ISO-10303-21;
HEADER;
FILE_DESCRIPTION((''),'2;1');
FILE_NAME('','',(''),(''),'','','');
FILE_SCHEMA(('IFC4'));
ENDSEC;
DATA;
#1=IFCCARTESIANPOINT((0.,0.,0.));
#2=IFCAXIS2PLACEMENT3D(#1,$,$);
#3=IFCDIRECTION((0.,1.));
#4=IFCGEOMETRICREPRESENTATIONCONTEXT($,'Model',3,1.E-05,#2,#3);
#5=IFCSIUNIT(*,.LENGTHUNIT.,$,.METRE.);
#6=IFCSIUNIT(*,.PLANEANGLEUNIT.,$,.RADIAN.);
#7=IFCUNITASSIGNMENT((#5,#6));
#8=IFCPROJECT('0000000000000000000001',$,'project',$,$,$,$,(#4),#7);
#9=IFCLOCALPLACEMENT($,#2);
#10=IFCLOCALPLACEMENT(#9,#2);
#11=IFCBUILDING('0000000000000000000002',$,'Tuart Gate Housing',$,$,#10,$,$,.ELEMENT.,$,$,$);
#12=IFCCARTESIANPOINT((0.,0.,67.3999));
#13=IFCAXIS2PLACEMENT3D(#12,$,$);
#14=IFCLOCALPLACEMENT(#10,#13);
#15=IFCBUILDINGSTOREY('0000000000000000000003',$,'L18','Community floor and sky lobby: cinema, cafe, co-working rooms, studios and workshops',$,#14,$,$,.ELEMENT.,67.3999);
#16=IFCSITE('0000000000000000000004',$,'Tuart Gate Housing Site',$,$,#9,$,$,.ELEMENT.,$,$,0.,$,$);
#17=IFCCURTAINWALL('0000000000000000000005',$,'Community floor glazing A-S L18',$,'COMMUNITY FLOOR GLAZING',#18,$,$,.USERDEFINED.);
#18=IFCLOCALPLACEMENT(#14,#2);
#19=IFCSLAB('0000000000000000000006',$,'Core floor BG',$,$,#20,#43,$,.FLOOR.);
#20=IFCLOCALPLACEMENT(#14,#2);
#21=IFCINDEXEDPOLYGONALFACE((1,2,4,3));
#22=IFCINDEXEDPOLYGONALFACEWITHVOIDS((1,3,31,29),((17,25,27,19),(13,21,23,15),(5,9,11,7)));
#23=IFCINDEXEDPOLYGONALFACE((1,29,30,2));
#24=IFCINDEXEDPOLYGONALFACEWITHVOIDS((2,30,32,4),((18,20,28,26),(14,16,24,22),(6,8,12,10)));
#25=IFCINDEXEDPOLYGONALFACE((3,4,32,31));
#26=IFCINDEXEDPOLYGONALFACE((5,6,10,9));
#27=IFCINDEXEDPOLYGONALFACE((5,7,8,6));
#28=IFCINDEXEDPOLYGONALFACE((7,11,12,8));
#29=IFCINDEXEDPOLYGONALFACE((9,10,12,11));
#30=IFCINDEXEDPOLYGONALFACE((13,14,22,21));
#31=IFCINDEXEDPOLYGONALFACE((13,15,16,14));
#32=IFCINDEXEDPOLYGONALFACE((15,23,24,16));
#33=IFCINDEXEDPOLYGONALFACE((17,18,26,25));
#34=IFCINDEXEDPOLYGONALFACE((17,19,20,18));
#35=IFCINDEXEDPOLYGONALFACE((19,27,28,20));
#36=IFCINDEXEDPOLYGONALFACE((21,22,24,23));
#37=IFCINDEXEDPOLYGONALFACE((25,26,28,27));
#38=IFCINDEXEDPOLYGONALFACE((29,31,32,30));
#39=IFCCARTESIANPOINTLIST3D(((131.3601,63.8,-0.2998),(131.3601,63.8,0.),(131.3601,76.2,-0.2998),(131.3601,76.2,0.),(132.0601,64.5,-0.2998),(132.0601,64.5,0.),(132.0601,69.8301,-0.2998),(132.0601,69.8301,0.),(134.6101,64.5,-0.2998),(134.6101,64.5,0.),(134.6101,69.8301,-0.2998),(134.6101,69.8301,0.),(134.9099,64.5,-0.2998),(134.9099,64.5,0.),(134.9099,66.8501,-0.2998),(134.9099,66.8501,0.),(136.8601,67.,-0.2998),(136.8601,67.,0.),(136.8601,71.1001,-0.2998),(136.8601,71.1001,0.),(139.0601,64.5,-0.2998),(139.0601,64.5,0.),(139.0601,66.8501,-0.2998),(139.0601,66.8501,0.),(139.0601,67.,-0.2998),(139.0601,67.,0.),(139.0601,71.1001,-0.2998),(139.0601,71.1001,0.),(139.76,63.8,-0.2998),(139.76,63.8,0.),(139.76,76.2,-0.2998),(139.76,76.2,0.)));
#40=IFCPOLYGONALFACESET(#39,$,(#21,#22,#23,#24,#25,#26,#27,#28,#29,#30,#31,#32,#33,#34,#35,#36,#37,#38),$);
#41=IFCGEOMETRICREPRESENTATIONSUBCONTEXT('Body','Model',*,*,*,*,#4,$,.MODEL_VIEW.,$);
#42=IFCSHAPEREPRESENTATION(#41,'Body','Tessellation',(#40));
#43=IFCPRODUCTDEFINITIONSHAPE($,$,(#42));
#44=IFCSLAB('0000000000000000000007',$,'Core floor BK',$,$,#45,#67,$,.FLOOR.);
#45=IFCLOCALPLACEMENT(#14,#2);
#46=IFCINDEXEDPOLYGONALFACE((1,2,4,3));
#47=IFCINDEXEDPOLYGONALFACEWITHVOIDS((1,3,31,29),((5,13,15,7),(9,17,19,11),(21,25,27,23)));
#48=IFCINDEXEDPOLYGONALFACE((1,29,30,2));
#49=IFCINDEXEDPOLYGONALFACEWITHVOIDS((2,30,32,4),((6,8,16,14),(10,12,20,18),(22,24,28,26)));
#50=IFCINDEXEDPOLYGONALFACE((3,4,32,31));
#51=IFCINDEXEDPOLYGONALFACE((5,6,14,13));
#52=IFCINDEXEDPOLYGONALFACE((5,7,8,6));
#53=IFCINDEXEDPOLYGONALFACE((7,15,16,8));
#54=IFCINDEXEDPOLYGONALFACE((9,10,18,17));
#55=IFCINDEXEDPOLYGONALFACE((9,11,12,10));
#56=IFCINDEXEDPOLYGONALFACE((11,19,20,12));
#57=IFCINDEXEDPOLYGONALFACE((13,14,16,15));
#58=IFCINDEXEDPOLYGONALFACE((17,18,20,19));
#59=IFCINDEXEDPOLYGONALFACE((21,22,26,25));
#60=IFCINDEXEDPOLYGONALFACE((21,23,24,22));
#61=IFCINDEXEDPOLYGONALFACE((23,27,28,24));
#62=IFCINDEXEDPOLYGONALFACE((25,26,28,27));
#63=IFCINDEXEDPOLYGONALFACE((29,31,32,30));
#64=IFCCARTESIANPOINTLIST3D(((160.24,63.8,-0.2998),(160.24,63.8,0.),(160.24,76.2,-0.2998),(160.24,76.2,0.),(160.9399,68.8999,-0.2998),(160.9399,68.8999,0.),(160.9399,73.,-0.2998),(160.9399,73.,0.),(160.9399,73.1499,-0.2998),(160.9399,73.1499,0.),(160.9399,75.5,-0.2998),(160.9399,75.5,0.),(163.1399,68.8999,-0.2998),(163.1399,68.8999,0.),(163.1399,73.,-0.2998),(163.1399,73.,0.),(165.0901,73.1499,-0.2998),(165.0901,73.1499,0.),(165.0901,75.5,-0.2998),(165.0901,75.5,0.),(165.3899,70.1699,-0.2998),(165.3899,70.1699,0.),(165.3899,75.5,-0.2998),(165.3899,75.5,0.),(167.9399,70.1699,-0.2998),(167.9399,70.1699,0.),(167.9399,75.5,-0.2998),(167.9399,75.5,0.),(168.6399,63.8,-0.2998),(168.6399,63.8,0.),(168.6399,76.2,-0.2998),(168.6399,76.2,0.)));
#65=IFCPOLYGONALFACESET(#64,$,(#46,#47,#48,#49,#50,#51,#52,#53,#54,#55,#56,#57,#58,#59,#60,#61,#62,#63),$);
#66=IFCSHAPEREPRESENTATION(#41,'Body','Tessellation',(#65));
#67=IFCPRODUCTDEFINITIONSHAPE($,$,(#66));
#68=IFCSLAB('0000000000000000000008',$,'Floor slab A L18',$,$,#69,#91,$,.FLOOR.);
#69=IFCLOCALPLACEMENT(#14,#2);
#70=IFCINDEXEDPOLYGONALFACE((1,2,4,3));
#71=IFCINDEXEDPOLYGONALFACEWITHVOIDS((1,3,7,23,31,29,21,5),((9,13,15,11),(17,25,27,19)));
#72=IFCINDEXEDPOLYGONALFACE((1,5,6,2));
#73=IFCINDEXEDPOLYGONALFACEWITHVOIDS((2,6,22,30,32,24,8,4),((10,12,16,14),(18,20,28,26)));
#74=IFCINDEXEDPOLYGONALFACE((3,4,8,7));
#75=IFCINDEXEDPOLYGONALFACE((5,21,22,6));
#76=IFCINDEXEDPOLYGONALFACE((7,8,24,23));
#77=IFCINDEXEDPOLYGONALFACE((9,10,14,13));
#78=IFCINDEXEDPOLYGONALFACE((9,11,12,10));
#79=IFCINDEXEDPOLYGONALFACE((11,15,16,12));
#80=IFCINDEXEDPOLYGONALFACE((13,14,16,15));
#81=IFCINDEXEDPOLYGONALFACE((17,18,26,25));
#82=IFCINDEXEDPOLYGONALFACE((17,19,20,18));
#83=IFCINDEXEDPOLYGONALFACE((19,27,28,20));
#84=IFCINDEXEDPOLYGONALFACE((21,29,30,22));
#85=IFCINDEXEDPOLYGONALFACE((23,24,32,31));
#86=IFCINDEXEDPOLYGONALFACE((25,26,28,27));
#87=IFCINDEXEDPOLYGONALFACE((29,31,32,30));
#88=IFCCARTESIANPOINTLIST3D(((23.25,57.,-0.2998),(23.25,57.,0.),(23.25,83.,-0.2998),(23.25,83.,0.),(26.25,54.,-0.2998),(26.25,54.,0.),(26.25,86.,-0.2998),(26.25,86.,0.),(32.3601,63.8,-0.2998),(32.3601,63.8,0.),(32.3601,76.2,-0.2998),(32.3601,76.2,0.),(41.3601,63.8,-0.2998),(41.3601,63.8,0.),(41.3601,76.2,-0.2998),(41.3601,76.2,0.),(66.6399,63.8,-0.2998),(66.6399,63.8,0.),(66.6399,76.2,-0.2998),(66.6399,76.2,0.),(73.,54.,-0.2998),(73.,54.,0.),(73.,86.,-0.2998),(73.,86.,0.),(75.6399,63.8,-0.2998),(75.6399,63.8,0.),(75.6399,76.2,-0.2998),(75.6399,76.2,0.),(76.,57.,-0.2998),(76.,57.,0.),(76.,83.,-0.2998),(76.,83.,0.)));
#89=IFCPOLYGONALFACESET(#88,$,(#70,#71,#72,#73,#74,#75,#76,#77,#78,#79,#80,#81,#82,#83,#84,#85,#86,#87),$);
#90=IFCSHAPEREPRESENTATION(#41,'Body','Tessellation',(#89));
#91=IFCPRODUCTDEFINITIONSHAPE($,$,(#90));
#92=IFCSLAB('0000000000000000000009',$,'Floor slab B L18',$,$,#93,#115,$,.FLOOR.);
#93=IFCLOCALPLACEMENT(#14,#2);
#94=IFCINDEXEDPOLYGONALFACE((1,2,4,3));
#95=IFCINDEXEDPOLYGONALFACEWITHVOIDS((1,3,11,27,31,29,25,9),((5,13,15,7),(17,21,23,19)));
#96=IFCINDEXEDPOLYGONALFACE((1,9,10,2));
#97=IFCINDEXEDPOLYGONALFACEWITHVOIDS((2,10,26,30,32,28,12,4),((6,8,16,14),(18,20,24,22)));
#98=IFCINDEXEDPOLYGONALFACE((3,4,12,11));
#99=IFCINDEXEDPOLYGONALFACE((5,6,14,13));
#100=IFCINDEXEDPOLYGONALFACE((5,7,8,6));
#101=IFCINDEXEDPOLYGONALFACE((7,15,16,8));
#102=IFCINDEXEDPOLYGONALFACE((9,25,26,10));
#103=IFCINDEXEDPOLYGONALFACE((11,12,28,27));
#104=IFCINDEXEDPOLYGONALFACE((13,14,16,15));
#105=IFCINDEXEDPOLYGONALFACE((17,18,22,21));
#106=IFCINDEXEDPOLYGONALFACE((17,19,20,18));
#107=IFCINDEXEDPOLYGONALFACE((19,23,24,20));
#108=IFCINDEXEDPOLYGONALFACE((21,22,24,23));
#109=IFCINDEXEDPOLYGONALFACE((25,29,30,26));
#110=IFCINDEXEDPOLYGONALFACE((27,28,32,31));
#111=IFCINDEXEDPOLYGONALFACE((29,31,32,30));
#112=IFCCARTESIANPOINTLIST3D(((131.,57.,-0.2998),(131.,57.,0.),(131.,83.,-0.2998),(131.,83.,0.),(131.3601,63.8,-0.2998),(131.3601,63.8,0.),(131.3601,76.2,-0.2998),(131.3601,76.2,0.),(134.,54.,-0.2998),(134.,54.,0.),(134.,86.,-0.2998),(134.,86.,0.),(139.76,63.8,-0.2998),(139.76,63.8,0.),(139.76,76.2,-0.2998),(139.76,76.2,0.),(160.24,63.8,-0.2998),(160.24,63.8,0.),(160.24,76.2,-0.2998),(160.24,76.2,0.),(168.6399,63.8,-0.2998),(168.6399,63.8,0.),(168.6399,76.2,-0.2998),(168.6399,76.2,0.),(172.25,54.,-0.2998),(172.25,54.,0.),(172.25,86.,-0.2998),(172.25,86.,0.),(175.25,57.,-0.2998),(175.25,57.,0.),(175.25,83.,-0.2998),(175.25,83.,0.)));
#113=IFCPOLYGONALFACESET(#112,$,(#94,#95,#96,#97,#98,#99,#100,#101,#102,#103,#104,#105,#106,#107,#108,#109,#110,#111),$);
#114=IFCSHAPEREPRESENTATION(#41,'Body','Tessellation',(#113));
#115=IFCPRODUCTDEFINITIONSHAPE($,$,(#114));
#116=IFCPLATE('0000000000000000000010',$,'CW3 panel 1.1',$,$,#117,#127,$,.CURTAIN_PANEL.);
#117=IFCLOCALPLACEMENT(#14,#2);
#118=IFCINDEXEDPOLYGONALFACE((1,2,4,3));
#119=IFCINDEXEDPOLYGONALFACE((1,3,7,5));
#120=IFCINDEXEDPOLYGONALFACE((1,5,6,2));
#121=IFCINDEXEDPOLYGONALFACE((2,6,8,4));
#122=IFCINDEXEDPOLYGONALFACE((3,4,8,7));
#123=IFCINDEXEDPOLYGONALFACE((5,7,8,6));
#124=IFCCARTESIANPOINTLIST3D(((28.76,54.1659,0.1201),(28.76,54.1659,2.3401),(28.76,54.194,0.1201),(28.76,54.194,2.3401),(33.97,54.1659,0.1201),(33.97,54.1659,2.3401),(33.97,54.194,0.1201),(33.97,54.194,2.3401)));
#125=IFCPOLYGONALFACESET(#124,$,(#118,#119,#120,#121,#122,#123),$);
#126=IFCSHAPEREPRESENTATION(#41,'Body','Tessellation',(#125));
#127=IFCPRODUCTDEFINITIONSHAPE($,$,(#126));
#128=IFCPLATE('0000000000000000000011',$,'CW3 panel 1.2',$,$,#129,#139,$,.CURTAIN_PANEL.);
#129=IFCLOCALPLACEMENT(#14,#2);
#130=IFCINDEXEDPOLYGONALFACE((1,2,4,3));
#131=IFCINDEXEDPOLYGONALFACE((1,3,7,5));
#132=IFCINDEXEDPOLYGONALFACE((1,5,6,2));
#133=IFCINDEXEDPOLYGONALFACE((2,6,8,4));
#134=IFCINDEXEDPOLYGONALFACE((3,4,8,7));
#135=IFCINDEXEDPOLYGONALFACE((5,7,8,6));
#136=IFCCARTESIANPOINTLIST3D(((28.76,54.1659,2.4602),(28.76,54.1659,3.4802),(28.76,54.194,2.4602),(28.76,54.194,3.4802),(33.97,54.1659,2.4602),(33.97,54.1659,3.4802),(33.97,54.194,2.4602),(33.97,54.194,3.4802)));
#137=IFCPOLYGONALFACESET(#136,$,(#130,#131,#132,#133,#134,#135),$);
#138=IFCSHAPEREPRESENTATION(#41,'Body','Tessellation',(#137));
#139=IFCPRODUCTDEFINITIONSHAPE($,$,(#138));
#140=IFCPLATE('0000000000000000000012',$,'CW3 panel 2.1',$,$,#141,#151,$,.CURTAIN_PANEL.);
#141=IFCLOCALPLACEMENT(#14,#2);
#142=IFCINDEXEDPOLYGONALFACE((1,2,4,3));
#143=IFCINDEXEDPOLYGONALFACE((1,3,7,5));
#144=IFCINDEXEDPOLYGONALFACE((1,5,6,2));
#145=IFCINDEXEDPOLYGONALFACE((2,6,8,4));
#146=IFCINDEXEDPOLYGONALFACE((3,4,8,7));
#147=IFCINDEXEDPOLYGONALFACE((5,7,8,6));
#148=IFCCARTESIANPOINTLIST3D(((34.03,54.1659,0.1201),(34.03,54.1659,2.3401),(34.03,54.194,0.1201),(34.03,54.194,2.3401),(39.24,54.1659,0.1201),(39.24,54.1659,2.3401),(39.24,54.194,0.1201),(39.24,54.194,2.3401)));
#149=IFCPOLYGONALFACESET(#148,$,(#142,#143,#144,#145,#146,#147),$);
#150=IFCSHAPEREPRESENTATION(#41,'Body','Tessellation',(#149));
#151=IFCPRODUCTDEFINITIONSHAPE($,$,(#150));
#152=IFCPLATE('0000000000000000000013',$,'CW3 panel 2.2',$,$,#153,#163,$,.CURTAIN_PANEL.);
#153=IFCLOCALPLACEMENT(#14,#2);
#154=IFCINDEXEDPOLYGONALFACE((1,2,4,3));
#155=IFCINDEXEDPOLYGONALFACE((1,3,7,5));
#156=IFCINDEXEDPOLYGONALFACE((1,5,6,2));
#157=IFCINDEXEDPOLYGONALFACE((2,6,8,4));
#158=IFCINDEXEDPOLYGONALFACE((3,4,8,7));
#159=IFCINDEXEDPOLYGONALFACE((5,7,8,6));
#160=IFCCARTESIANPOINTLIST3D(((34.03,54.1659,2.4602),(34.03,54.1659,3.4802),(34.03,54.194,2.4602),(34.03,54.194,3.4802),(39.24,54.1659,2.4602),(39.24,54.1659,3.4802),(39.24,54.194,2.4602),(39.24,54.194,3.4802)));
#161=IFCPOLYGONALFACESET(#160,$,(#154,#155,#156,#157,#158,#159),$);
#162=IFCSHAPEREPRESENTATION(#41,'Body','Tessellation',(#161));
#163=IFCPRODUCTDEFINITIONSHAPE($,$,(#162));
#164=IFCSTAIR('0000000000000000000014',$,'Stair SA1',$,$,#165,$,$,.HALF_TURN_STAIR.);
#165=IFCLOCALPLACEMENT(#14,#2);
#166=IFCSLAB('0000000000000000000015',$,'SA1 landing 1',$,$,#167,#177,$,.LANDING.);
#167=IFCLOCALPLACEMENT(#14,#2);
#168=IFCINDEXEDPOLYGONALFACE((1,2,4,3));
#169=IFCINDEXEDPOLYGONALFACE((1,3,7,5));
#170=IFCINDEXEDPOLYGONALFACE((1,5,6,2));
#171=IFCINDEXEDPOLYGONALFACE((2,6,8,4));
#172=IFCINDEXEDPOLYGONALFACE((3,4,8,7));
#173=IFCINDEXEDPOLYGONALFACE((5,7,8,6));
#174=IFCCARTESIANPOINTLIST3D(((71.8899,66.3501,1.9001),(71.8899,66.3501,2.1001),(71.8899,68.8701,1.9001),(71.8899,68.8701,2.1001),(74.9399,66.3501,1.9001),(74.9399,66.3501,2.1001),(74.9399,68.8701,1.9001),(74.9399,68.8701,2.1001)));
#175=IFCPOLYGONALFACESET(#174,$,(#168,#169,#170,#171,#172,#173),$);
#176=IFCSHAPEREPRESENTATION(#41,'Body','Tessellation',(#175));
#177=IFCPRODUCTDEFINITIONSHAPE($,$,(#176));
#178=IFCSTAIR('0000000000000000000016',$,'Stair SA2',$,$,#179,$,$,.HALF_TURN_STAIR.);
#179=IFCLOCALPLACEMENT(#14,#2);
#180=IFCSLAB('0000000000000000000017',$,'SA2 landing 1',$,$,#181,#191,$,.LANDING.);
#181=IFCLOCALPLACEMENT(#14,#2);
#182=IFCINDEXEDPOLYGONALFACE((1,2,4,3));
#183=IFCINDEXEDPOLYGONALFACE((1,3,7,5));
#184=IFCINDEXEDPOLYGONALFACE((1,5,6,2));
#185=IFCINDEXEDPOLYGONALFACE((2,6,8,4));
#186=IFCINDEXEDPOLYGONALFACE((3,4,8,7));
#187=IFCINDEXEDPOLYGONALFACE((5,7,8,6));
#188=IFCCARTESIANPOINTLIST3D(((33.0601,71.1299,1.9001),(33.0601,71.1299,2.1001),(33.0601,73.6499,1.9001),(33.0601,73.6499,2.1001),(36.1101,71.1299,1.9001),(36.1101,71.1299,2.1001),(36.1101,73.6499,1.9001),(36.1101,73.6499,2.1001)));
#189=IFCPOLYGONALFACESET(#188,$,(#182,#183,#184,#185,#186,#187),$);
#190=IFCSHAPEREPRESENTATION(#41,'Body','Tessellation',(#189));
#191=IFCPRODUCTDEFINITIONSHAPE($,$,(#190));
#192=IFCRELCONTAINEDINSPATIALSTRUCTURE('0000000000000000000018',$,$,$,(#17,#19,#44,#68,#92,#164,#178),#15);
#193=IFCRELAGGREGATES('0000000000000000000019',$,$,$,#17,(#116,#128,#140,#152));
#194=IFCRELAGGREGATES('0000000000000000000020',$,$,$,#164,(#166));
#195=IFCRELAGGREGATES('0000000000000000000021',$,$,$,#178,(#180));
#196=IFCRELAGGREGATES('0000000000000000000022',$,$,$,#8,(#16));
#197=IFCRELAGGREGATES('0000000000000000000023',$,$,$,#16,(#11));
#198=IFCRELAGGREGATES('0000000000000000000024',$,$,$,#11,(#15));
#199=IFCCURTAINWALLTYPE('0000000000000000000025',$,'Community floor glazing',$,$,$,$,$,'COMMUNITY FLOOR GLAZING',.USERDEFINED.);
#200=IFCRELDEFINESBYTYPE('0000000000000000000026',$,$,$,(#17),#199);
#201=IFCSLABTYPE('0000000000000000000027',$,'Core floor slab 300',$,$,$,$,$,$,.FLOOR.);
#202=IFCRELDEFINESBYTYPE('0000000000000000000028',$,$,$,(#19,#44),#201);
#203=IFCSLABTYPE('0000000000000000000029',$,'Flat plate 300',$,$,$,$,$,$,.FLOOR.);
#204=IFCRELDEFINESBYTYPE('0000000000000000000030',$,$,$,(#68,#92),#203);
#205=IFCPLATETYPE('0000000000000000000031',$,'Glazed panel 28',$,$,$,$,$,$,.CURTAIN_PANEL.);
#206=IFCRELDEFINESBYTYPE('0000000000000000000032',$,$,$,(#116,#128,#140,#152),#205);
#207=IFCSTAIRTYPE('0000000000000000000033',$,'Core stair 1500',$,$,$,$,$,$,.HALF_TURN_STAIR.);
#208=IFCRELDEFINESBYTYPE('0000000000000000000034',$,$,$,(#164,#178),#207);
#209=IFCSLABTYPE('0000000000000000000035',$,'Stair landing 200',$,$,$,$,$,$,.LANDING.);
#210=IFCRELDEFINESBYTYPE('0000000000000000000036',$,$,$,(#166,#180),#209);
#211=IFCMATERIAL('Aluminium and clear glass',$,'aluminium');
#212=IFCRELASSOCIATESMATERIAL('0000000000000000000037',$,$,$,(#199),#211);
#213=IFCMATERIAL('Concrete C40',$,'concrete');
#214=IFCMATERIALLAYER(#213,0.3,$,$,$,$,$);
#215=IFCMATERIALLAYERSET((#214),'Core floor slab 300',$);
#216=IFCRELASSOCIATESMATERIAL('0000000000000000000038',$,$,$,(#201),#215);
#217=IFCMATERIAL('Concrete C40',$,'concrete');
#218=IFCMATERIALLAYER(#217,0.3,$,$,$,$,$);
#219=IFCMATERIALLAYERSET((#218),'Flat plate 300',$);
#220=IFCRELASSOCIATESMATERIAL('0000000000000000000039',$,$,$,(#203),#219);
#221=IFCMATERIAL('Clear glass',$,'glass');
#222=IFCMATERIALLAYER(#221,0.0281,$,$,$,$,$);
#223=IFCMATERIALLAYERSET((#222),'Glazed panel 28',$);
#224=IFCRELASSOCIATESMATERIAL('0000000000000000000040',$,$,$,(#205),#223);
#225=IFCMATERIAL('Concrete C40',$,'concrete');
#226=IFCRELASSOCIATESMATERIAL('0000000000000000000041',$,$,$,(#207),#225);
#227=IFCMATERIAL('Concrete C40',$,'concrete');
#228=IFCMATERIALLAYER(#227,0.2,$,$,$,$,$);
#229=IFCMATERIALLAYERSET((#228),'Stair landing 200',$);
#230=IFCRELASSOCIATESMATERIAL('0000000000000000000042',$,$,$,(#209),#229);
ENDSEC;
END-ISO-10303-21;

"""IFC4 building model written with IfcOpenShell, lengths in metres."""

from ifc_helpers import new_model, si_unit, direction, frame, origin, origin_2d, place, context, subcontext, project, spatial, polyline, rectangle, outline, extrude, material, layer, layer_set, type_object, element, aggregate, save


model = new_model("IFC4")

# Units and contexts
model_context = context("Model", 3, precision=1e-05, world=origin(), true_north=direction((0.0, 1.0)))
body_context = subcontext(model_context, "Body", "Model", "MODEL_VIEW")
ifc_project = project(units=[si_unit("LENGTHUNIT", "METRE"), si_unit("PLANEANGLEUNIT", "RADIAN")], contexts=[model_context])

# Site, building, storey
site_placement = place(None, origin())
site = spatial("IfcSite", under=ifc_project, at=site_placement, Name="Tuart Gate Housing Site", CompositionType="ELEMENT", RefElevation=0.0)
building_placement = place(site_placement, origin())
building = spatial("IfcBuilding", under=site, at=building_placement, Name="Tuart Gate Housing", CompositionType="ELEMENT")
storey_placement = place(building_placement, frame((0.0, 0.0, 67.3999)))
storey = spatial("IfcBuildingStorey", under=building, at=storey_placement, Name="L18", Description="Community floor and sky lobby: cinema, cafe, co-working rooms, studios and workshops", CompositionType="ELEMENT", Elevation=67.3999)

# Curtain wall
ifc_material_1 = material(Name="Aluminium and clear glass", Category="aluminium")
curtain_wall_type = type_object("IfcCurtainWallType", Name="Community floor glazing", ElementType="COMMUNITY FLOOR GLAZING", PredefinedType="USERDEFINED", material=ifc_material_1)
curtain_wall_placement = place(storey_placement, origin())
curtain_wall = element("IfcCurtainWall", 1, at=curtain_wall_placement, inside=storey, type_object=curtain_wall_type, Name="Community floor glazing A-S L18", ObjectType="COMMUNITY FLOOR GLAZING", PredefinedType="USERDEFINED")

# Slabs
ifc_material_2 = material(Name="Concrete C40", Category="concrete")
ifc_layer_1 = layer(ifc_material_2, 0.3)
ifc_layer_set_1 = layer_set([ifc_layer_1], Name="Core floor slab 300")
slab_type_1 = type_object("IfcSlabType", Name="Core floor slab 300", PredefinedType="FLOOR", material=ifc_layer_set_1)
slab_1_placement = place(storey_placement, frame((0.0, 0.0, -0.2998)))
element("IfcSlab", 2, at=slab_1_placement, inside=storey, type_object=slab_type_1, Name="Core floor BG", PredefinedType="FLOOR", context=body_context, shape_type="SweptSolid", body=[
    extrude(outline(polyline([(131.3601, 63.8), (139.76, 63.8), (139.76, 76.2), (131.3601, 76.2), (131.3601, 63.8)]), holes=[polyline([(139.0601, 66.8501), (134.9099, 66.8501), (134.9099, 64.5), (139.0601, 64.5), (139.0601, 66.8501)]), polyline([(139.0601, 71.1001), (136.8601, 71.1001), (136.8601, 67.0), (139.0601, 67.0), (139.0601, 71.1001)]), polyline([(134.6101, 69.8301), (132.0601, 69.8301), (132.0601, 64.5), (134.6101, 64.5), (134.6101, 69.8301)])]), origin(), (0.0, 0.0, 1.0), 0.2998),
])
slab_2_placement = place(storey_placement, frame((0.0, 0.0, -0.2998)))
element("IfcSlab", 3, at=slab_2_placement, inside=storey, type_object=slab_type_1, Name="Core floor BK", PredefinedType="FLOOR", context=body_context, shape_type="SweptSolid", body=[
    extrude(outline(polyline([(160.24, 63.8), (168.6399, 63.8), (168.6399, 76.2), (160.24, 76.2), (160.24, 63.8)]), holes=[polyline([(160.9399, 73.1499), (165.0901, 73.1499), (165.0901, 75.5), (160.9399, 75.5), (160.9399, 73.1499)]), polyline([(160.9399, 68.8999), (163.1399, 68.8999), (163.1399, 73.0), (160.9399, 73.0), (160.9399, 68.8999)]), polyline([(165.3899, 70.1699), (167.9399, 70.1699), (167.9399, 75.5), (165.3899, 75.5), (165.3899, 70.1699)])]), origin(), (0.0, 0.0, 1.0), 0.2998),
])
ifc_material_3 = material(Name="Concrete C40", Category="concrete")
ifc_layer_2 = layer(ifc_material_3, 0.3)
ifc_layer_set_2 = layer_set([ifc_layer_2], Name="Flat plate 300")
slab_type_2 = type_object("IfcSlabType", Name="Flat plate 300", PredefinedType="FLOOR", material=ifc_layer_set_2)
slab_3_placement = place(storey_placement, frame((0.0, 0.0, -0.2998)))
element("IfcSlab", 4, at=slab_3_placement, inside=storey, type_object=slab_type_2, Name="Floor slab A L18", PredefinedType="FLOOR", context=body_context, shape_type="SweptSolid", body=[
    extrude(outline(polyline([(26.25, 86.0), (23.25, 83.0), (23.25, 57.0), (26.25, 54.0), (73.0, 54.0), (76.0, 57.0), (76.0, 83.0), (73.0, 86.0), (26.25, 86.0)]), holes=[polyline([(66.6399, 76.2), (75.6399, 76.2), (75.6399, 63.8), (66.6399, 63.8), (66.6399, 76.2)]), polyline([(41.3601, 76.2), (41.3601, 63.8), (32.3601, 63.8), (32.3601, 76.2), (41.3601, 76.2)])]), origin(), (0.0, 0.0, 1.0), 0.2998),
])
slab_4_placement = place(storey_placement, frame((0.0, 0.0, -0.2998)))
element("IfcSlab", 5, at=slab_4_placement, inside=storey, type_object=slab_type_2, Name="Floor slab B L18", PredefinedType="FLOOR", context=body_context, shape_type="SweptSolid", body=[
    extrude(outline(polyline([(134.0, 86.0), (131.0, 83.0), (131.0, 57.0), (134.0, 54.0), (172.25, 54.0), (175.25, 57.0), (175.25, 83.0), (172.25, 86.0), (134.0, 86.0)]), holes=[polyline([(131.3601, 76.2), (139.76, 76.2), (139.76, 63.8), (131.3601, 63.8), (131.3601, 76.2)]), polyline([(168.6399, 76.2), (168.6399, 63.8), (160.24, 63.8), (160.24, 76.2), (168.6399, 76.2)])]), origin(), (0.0, 0.0, 1.0), 0.2998),
])

# Plates
ifc_material_4 = material(Name="Clear glass", Category="glass")
ifc_layer_3 = layer(ifc_material_4, 0.0281)
ifc_layer_set_3 = layer_set([ifc_layer_3], Name="Glazed panel 28")
plate_type = type_object("IfcPlateType", Name="Glazed panel 28", PredefinedType="CURTAIN_PANEL", material=ifc_layer_set_3)
plate_1_placement = place(storey_placement, frame((31.365, 54.1799, 0.1201), z_axis=(0.0, 0.0, 1.0), x_axis=(1.0, 0.0, 0.0)))
plate_1 = element("IfcPlate", 6, at=plate_1_placement, type_object=plate_type, Name="CW3 panel 1.1", PredefinedType="CURTAIN_PANEL", context=body_context, shape_type="SweptSolid", body=[
    extrude(rectangle(XDim=5.21, YDim=0.0281, at=origin_2d()), origin(), (0.0, 0.0, 1.0), 2.22),
])
plate_2_placement = place(storey_placement, frame((31.365, 54.1799, 2.4602), z_axis=(0.0, 0.0, 1.0), x_axis=(1.0, 0.0, 0.0)))
plate_2 = element("IfcPlate", 7, at=plate_2_placement, type_object=plate_type, Name="CW3 panel 1.2", PredefinedType="CURTAIN_PANEL", context=body_context, shape_type="SweptSolid", body=[
    extrude(rectangle(XDim=5.21, YDim=0.0281, at=origin_2d()), origin(), (0.0, 0.0, 1.0), 1.02),
])
plate_3_placement = place(storey_placement, frame((36.635, 54.1799, 0.1201), z_axis=(0.0, 0.0, 1.0), x_axis=(1.0, 0.0, 0.0)))
plate_3 = element("IfcPlate", 8, at=plate_3_placement, type_object=plate_type, Name="CW3 panel 2.1", PredefinedType="CURTAIN_PANEL", context=body_context, shape_type="SweptSolid", body=[
    extrude(rectangle(XDim=5.21, YDim=0.0281, at=origin_2d()), origin(), (0.0, 0.0, 1.0), 2.22),
])
plate_4_placement = place(storey_placement, frame((36.635, 54.1799, 2.4602), z_axis=(0.0, 0.0, 1.0), x_axis=(1.0, 0.0, 0.0)))
plate_4 = element("IfcPlate", 9, at=plate_4_placement, type_object=plate_type, Name="CW3 panel 2.2", PredefinedType="CURTAIN_PANEL", context=body_context, shape_type="SweptSolid", body=[
    extrude(rectangle(XDim=5.21, YDim=0.0281, at=origin_2d()), origin(), (0.0, 0.0, 1.0), 1.02),
])
aggregate(curtain_wall, [plate_1, plate_2, plate_3, plate_4])

# Stairs, slabs
ifc_material_5 = material(Name="Concrete C40", Category="concrete")
stair_type_1 = type_object("IfcStairType", Name="Core stair 1500", PredefinedType="HALF_TURN_STAIR", material=ifc_material_5)
stair_1_placement = place(storey_placement, origin())
stair_1 = element("IfcStair", 10, at=stair_1_placement, inside=storey, type_object=stair_type_1, Name="Stair SA1", PredefinedType="HALF_TURN_STAIR")
ifc_material_6 = material(Name="Concrete C40", Category="concrete")
ifc_layer_4 = layer(ifc_material_6, 0.2)
ifc_layer_set_4 = layer_set([ifc_layer_4], Name="Stair landing 200")
slab_type_3 = type_object("IfcSlabType", Name="Stair landing 200", PredefinedType="LANDING", material=ifc_layer_set_4)
slab_5_placement = place(storey_placement, frame((0.0, 0.0, 1.9001)))
slab_5 = element("IfcSlab", 11, at=slab_5_placement, type_object=slab_type_3, Name="SA1 landing 1", PredefinedType="LANDING", context=body_context, shape_type="SweptSolid", body=[
    extrude(outline(polyline([(71.8899, 66.3501), (74.9399, 66.3501), (74.9399, 68.8701), (71.8899, 68.8701), (71.8899, 66.3501)])), origin(), (0.0, 0.0, 1.0), 0.2),
])
aggregate(stair_1, [slab_5])
stair_2_placement = place(storey_placement, origin())
stair_2 = element("IfcStair", 12, at=stair_2_placement, inside=storey, type_object=stair_type_1, Name="Stair SA2", PredefinedType="HALF_TURN_STAIR")
slab_6_placement = place(storey_placement, frame((0.0, 0.0, 1.9001)))
slab_6 = element("IfcSlab", 13, at=slab_6_placement, type_object=slab_type_3, Name="SA2 landing 1", PredefinedType="LANDING", context=body_context, shape_type="SweptSolid", body=[
    extrude(outline(polyline([(36.1101, 73.6499), (33.0601, 73.6499), (33.0601, 71.1299), (36.1101, 71.1299), (36.1101, 73.6499)])), origin(), (0.0, 0.0, 1.0), 0.2),
])
aggregate(stair_2, [slab_6])

save(model, "model.ifc")
